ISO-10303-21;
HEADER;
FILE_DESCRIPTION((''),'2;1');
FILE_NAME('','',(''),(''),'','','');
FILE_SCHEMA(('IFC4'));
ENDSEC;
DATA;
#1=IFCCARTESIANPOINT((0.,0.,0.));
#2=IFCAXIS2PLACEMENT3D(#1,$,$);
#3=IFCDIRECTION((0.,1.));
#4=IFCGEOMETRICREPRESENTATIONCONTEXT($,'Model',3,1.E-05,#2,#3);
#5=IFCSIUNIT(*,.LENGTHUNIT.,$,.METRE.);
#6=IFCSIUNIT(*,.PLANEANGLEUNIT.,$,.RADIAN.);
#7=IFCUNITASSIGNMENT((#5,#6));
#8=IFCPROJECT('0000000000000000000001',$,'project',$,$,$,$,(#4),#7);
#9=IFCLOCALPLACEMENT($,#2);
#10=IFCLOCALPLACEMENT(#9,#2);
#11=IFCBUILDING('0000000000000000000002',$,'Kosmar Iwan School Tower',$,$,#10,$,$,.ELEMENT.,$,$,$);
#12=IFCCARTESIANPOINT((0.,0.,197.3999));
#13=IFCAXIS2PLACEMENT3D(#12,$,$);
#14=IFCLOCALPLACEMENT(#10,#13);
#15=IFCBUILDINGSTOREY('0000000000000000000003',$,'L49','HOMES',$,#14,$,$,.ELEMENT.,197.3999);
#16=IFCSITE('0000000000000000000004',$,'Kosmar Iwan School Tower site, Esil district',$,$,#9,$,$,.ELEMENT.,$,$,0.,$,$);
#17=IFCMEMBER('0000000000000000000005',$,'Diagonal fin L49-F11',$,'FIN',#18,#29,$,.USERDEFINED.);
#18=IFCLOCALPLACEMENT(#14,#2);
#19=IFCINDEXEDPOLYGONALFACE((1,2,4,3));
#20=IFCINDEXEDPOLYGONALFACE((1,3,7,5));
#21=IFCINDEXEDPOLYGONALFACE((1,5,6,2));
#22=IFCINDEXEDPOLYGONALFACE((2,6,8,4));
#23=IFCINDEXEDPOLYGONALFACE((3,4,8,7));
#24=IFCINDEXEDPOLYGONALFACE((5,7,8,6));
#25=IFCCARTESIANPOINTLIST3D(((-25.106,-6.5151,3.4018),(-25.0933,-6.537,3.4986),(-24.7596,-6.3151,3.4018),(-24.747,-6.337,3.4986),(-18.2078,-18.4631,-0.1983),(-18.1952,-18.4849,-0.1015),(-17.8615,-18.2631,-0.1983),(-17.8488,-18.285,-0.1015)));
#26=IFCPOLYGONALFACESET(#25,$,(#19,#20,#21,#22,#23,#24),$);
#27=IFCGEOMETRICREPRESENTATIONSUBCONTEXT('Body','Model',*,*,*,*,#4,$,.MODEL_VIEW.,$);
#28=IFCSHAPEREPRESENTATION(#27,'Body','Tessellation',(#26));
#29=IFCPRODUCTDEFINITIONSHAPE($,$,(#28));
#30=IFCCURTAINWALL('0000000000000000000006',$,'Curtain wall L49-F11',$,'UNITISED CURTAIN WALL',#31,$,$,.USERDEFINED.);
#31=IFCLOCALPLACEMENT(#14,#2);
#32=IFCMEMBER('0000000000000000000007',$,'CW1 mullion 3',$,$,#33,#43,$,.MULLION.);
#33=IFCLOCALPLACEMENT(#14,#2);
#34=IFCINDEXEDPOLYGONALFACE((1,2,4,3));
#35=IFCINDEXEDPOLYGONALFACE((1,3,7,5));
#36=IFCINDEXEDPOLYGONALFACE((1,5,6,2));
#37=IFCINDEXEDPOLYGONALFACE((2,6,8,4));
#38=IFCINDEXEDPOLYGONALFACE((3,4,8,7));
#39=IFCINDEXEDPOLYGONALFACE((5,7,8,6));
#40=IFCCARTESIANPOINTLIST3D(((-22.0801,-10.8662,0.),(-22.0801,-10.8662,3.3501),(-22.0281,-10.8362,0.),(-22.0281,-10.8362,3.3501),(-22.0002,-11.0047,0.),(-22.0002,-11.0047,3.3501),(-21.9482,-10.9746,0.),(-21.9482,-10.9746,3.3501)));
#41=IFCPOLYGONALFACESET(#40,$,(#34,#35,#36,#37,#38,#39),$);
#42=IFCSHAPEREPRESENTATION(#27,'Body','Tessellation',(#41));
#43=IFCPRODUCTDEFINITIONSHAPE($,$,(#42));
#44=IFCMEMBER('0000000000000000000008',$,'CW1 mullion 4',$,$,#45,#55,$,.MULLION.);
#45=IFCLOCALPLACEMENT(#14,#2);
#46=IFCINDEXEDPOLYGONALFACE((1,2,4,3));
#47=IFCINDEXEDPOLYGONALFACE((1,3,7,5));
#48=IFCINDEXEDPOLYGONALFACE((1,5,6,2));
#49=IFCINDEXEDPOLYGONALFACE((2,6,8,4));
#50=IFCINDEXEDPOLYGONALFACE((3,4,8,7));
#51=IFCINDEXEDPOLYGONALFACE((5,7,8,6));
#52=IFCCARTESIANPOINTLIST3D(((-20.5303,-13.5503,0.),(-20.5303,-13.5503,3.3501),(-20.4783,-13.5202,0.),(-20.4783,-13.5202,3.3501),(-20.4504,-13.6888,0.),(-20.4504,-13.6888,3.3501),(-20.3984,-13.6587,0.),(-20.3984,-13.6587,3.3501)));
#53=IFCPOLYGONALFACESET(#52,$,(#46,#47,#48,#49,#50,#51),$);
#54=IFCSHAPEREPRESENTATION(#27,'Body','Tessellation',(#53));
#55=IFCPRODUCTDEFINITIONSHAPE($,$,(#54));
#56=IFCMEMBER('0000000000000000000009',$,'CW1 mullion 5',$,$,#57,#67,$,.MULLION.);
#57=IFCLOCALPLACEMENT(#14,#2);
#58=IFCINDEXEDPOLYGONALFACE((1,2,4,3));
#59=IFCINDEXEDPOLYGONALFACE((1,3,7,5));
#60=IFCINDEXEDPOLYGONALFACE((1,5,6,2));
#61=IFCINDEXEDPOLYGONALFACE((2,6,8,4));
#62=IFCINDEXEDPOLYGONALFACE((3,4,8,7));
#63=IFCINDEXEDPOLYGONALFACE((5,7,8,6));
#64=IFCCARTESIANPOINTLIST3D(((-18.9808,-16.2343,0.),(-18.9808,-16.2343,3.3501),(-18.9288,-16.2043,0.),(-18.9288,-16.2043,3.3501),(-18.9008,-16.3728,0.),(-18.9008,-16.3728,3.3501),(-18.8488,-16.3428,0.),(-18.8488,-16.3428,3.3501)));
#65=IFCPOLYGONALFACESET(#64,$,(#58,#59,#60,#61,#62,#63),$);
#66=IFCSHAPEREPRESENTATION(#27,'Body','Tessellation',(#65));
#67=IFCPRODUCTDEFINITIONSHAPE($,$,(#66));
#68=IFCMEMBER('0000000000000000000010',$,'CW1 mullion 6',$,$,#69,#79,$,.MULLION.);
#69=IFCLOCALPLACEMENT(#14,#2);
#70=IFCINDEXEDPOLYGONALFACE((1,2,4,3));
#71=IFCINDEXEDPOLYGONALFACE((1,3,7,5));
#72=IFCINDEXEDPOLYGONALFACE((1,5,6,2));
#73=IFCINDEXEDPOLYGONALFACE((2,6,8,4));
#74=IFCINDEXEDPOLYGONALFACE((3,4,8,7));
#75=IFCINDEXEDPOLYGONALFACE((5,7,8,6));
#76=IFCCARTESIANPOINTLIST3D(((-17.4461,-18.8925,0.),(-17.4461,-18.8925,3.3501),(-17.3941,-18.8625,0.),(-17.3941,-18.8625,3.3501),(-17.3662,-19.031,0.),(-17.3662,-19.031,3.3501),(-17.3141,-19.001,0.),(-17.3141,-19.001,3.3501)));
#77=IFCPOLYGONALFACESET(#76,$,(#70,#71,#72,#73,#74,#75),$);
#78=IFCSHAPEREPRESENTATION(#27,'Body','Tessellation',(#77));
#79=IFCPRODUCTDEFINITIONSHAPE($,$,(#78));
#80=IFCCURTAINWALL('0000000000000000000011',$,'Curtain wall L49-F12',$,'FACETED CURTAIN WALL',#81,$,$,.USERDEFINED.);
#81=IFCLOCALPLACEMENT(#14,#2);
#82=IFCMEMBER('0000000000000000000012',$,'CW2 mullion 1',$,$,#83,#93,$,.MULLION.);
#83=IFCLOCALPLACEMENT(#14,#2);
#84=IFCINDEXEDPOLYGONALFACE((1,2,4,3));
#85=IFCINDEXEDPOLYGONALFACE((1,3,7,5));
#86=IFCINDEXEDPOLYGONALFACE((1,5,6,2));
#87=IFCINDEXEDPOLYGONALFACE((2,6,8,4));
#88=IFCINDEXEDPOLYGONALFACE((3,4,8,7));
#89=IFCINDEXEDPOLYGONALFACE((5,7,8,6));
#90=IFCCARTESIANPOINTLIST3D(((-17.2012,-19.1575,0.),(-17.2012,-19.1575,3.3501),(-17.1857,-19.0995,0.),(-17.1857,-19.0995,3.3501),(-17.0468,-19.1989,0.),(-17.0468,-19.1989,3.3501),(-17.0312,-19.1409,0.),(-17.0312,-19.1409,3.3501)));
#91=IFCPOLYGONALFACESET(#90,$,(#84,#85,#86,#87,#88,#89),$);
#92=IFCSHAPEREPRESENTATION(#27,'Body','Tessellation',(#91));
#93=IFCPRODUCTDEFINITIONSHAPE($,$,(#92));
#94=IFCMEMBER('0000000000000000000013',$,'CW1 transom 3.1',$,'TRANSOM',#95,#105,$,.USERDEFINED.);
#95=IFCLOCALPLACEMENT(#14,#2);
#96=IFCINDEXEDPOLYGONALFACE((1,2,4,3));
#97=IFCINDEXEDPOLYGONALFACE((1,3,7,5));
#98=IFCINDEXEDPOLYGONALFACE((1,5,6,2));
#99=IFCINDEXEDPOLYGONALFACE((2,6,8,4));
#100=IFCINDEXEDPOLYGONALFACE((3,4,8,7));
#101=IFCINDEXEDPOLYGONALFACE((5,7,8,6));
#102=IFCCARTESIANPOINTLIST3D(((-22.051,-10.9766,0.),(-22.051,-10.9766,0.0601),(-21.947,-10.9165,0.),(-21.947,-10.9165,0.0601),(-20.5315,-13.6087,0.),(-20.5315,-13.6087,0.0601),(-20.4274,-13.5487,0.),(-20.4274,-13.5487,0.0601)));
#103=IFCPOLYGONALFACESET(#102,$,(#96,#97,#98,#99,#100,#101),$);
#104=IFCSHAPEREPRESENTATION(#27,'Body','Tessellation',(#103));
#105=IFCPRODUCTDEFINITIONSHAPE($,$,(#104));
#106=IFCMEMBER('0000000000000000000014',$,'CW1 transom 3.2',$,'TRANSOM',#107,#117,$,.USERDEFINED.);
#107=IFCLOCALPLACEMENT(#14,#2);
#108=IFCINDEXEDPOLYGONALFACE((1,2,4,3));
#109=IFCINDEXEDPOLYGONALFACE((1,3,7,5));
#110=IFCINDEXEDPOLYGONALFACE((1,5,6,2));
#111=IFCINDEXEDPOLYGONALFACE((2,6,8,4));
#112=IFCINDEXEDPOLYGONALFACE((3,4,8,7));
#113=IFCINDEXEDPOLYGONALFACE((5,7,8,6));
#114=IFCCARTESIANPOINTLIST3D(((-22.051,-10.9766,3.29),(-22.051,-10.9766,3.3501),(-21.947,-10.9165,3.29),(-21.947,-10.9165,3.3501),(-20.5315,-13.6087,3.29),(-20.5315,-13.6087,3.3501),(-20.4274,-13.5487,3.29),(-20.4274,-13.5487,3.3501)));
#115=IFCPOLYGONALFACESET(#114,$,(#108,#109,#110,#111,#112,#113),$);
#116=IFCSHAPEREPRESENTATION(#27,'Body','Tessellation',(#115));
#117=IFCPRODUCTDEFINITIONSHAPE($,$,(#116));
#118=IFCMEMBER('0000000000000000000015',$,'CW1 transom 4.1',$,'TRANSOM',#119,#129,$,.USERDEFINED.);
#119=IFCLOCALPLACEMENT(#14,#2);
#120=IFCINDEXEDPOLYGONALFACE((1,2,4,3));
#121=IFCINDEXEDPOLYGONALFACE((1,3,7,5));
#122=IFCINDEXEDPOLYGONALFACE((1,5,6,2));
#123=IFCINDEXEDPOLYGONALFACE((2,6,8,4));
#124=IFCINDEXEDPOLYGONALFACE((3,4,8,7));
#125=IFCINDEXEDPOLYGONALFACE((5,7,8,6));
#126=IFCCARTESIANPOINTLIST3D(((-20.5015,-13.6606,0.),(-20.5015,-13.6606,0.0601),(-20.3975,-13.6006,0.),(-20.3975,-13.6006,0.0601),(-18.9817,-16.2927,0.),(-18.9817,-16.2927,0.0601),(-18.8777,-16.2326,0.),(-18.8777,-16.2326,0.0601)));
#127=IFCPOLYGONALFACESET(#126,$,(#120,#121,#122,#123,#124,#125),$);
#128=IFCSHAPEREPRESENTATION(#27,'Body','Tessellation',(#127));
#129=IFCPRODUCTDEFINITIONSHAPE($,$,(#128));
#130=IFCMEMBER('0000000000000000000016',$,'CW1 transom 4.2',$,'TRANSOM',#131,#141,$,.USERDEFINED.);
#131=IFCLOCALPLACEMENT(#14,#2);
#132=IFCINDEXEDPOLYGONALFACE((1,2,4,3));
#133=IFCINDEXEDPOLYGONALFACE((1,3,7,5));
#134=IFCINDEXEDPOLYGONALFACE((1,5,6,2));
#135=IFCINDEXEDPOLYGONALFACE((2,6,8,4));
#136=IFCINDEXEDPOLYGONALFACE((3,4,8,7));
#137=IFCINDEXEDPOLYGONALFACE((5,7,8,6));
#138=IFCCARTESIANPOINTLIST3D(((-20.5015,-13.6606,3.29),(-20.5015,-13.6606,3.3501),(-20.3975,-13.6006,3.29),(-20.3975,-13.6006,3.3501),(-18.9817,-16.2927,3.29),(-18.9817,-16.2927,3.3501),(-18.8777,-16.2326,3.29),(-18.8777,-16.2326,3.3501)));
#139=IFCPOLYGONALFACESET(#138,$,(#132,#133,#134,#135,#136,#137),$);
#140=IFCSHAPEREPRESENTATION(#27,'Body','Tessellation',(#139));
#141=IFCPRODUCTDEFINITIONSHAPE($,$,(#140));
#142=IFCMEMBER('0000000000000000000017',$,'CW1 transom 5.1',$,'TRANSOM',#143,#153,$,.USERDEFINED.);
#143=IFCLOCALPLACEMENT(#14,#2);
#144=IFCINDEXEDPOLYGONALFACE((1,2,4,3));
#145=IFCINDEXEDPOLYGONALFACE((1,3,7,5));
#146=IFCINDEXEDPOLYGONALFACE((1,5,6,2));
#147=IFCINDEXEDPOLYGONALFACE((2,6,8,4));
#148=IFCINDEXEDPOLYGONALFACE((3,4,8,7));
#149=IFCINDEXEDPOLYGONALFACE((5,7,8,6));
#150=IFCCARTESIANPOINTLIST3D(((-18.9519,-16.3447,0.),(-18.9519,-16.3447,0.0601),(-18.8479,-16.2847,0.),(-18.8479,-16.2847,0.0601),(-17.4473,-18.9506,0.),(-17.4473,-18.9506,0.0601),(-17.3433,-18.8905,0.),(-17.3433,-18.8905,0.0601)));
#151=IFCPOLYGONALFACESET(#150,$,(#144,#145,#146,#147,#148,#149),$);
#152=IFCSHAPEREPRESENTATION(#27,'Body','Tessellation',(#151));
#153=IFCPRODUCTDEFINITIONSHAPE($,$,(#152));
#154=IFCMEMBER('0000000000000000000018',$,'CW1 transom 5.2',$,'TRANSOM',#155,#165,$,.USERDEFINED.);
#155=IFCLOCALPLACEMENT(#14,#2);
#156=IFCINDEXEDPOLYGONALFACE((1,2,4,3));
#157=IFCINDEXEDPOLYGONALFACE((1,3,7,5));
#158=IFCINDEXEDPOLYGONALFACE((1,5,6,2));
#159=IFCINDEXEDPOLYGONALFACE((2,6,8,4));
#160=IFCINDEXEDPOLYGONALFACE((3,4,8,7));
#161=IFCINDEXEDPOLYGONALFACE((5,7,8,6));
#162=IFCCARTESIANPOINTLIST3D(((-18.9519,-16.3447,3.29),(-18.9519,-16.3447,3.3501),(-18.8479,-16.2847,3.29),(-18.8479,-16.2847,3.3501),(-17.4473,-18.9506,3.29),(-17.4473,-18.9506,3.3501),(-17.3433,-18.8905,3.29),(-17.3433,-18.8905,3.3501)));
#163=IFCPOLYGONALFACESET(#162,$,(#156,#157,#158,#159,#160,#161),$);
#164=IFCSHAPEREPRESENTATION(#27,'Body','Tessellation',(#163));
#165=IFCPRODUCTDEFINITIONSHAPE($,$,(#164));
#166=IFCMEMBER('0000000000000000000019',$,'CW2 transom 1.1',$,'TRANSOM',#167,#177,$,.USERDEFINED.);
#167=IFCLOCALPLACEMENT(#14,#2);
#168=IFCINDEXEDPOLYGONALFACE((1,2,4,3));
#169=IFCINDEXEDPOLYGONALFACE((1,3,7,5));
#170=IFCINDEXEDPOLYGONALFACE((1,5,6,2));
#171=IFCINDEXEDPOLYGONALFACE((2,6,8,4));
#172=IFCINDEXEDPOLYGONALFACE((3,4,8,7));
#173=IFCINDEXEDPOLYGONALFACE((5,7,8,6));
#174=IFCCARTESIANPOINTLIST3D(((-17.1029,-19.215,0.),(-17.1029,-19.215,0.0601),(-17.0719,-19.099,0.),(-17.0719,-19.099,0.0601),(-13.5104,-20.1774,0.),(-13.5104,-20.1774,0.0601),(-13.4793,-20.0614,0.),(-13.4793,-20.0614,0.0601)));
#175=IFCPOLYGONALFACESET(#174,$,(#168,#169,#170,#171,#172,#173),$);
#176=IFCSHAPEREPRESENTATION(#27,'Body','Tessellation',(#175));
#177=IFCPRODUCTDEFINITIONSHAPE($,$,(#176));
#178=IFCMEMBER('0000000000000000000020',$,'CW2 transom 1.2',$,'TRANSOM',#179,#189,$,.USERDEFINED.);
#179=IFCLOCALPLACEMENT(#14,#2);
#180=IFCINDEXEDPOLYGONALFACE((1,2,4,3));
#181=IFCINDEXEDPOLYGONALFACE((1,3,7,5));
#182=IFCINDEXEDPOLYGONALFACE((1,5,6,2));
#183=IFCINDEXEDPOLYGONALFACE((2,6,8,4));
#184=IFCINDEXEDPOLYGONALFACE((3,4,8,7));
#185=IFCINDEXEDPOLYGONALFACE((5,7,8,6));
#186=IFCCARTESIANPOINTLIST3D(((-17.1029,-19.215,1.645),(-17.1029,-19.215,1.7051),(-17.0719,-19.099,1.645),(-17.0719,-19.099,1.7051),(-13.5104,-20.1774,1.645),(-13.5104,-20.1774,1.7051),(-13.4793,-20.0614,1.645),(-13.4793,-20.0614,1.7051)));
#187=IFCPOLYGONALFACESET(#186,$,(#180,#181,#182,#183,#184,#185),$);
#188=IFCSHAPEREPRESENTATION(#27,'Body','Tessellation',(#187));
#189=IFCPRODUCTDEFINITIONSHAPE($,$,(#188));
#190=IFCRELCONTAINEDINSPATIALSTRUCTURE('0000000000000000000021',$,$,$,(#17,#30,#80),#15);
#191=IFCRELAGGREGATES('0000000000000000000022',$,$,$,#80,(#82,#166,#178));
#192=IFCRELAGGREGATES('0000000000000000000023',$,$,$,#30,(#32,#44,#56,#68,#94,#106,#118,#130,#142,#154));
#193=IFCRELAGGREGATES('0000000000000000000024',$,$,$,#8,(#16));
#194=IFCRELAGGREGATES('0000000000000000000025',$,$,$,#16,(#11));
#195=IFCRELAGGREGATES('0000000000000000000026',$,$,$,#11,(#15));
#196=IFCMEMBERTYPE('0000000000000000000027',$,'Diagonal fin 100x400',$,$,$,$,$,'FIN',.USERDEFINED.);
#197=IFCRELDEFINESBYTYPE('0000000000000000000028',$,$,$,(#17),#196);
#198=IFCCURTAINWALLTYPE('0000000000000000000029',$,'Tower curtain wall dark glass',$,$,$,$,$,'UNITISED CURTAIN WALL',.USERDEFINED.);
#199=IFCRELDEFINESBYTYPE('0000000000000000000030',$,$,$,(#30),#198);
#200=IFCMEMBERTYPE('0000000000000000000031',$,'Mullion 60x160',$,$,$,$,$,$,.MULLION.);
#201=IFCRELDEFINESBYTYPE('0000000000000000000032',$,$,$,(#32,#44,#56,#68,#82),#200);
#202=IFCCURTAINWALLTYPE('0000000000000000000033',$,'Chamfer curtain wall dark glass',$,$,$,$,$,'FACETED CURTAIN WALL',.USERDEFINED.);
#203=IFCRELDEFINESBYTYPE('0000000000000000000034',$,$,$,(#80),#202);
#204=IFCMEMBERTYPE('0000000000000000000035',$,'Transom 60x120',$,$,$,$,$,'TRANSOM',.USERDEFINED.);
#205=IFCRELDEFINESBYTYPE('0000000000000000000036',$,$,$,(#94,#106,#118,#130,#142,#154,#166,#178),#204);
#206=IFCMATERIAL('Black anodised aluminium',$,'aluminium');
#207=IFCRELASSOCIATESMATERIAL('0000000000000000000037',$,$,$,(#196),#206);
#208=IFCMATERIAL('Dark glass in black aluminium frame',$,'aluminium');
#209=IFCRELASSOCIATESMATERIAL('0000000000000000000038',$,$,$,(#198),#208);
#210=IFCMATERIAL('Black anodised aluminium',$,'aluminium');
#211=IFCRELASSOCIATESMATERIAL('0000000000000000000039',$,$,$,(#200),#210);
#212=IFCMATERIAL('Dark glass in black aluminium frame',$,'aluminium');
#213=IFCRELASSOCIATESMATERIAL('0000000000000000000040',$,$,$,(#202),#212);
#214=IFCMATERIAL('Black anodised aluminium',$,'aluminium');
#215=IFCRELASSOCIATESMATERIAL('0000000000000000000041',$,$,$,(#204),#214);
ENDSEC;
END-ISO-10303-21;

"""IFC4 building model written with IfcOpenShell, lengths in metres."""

from ifc_helpers import new_model, si_unit, direction, frame, origin, origin_2d, place, context, subcontext, project, spatial, rectangle, extrude, material, material_profile, profile_set, type_object, element, aggregate, save


model = new_model("IFC4")

# Units and contexts
model_context = context("Model", 3, precision=1e-05, world=origin(), true_north=direction((0.0, 1.0)))
body_context = subcontext(model_context, "Body", "Model", "MODEL_VIEW")
ifc_project = project(units=[si_unit("LENGTHUNIT", "METRE"), si_unit("PLANEANGLEUNIT", "RADIAN")], contexts=[model_context])

# Site, building, storey
site_placement = place(None, origin())
site = spatial("IfcSite", under=ifc_project, at=site_placement, Name="Kosmar Iwan School Tower site, Esil district", CompositionType="ELEMENT", RefElevation=0.0)
building_placement = place(site_placement, origin())
building = spatial("IfcBuilding", under=site, at=building_placement, Name="Kosmar Iwan School Tower", CompositionType="ELEMENT")
storey_placement = place(building_placement, frame((0.0, 0.0, 197.3999)))
storey = spatial("IfcBuildingStorey", under=building, at=storey_placement, Name="L49", Description="HOMES", CompositionType="ELEMENT", Elevation=197.3999)

# Member
ifc_material_1 = material(Name="Black anodised aluminium", Category="aluminium")
ifc_material_profile_1 = material_profile(ifc_material_1, rectangle(XDim=0.1001, YDim=0.3999, at=origin_2d()), Name="FIN 100x400")
ifc_profile_set_1 = profile_set([ifc_material_profile_1], Name="Black anodised aluminium")
member_type_1 = type_object("IfcMemberType", Name="Diagonal fin 100x400", ElementType="FIN", PredefinedType="USERDEFINED", material=ifc_profile_set_1)
member_1_placement = place(storey_placement, frame((-18.0283, -18.374, -0.1499), z_axis=(-0.4838, 0.837965, 0.252491), x_axis=(0.126245, -0.218663, 0.967599)))
element("IfcMember", 1, at=member_1_placement, inside=storey, type_object=member_type_1, Name="Diagonal fin L49-F11", ObjectType="FIN", PredefinedType="USERDEFINED", context=body_context, shape_type="SweptSolid", body=[
    extrude(rectangle(XDim=0.1001, YDim=0.3999, at=origin_2d()), origin(), (0.0, 0.0, 1.0), 14.2583),
])

# Curtain wall, members
ifc_material_2 = material(Name="Dark glass in black aluminium frame", Category="aluminium")
curtain_wall_type_1 = type_object("IfcCurtainWallType", Name="Tower curtain wall dark glass", ElementType="UNITISED CURTAIN WALL", PredefinedType="USERDEFINED", material=ifc_material_2)
curtain_wall_1_placement = place(storey_placement, origin())
curtain_wall_1 = element("IfcCurtainWall", 2, at=curtain_wall_1_placement, inside=storey, type_object=curtain_wall_type_1, Name="Curtain wall L49-F11", ObjectType="UNITISED CURTAIN WALL", PredefinedType="USERDEFINED")
ifc_material_3 = material(Name="Black anodised aluminium", Category="aluminium")
ifc_material_profile_2 = material_profile(ifc_material_3, rectangle(XDim=0.0601, YDim=0.1599, at=origin_2d()), Name="MULLION 60x160")
ifc_profile_set_2 = profile_set([ifc_material_profile_2], Name="Black anodised aluminium")
member_type_2 = type_object("IfcMemberType", Name="Mullion 60x160", PredefinedType="MULLION", material=ifc_profile_set_2)
member_2_placement = place(storey_placement, frame((-22.0142, -10.9204, 0.0), z_axis=(0.0, 0.0, 1.0), x_axis=(0.866025, 0.5, 0.0)))
member_2 = element("IfcMember", 3, at=member_2_placement, type_object=member_type_2, Name="CW1 mullion 3", PredefinedType="MULLION", context=body_context, shape_type="SweptSolid", body=[
    extrude(rectangle(XDim=0.0601, YDim=0.1599, at=origin_2d()), origin(), (0.0, 0.0, 1.0), 3.3501),
])
member_3_placement = place(storey_placement, frame((-20.4644, -13.6045, 0.0), z_axis=(0.0, 0.0, 1.0), x_axis=(0.866025, 0.5, 0.0)))
member_3 = element("IfcMember", 4, at=member_3_placement, type_object=member_type_2, Name="CW1 mullion 4", PredefinedType="MULLION", context=body_context, shape_type="SweptSolid", body=[
    extrude(rectangle(XDim=0.0601, YDim=0.1599, at=origin_2d()), origin(), (0.0, 0.0, 1.0), 3.3501),
])
member_4_placement = place(storey_placement, frame((-18.9148, -16.2886, 0.0), z_axis=(0.0, 0.0, 1.0), x_axis=(0.866025, 0.5, 0.0)))
member_4 = element("IfcMember", 5, at=member_4_placement, type_object=member_type_2, Name="CW1 mullion 5", PredefinedType="MULLION", context=body_context, shape_type="SweptSolid", body=[
    extrude(rectangle(XDim=0.0601, YDim=0.1599, at=origin_2d()), origin(), (0.0, 0.0, 1.0), 3.3501),
])
member_5_placement = place(storey_placement, frame((-17.3801, -18.9468, 0.0), z_axis=(0.0, 0.0, 1.0), x_axis=(0.866025, 0.5, 0.0)))
member_5 = element("IfcMember", 6, at=member_5_placement, type_object=member_type_2, Name="CW1 mullion 6", PredefinedType="MULLION", context=body_context, shape_type="SweptSolid", body=[
    extrude(rectangle(XDim=0.0601, YDim=0.1599, at=origin_2d()), origin(), (0.0, 0.0, 1.0), 3.3501),
])

# Curtain wall, member
ifc_material_4 = material(Name="Dark glass in black aluminium frame", Category="aluminium")
curtain_wall_type_2 = type_object("IfcCurtainWallType", Name="Chamfer curtain wall dark glass", ElementType="FACETED CURTAIN WALL", PredefinedType="USERDEFINED", material=ifc_material_4)
curtain_wall_2_placement = place(storey_placement, origin())
curtain_wall_2 = element("IfcCurtainWall", 7, at=curtain_wall_2_placement, inside=storey, type_object=curtain_wall_type_2, Name="Curtain wall L49-F12", ObjectType="FACETED CURTAIN WALL", PredefinedType="USERDEFINED")
member_6_placement = place(storey_placement, frame((-17.1162, -19.1492, 0.0), z_axis=(0.0, 0.0, 1.0), x_axis=(0.258819, 0.965926, 0.0)))
member_6 = element("IfcMember", 8, at=member_6_placement, type_object=member_type_2, Name="CW2 mullion 1", PredefinedType="MULLION", context=body_context, shape_type="SweptSolid", body=[
    extrude(rectangle(XDim=0.0601, YDim=0.1599, at=origin_2d()), origin(), (0.0, 0.0, 1.0), 3.3501),
])

# Members
ifc_material_5 = material(Name="Black anodised aluminium", Category="aluminium")
ifc_material_profile_3 = material_profile(ifc_material_5, rectangle(XDim=0.1201, YDim=0.0601, at=origin_2d()), Name="TRANSOM 60x120")
ifc_profile_set_3 = profile_set([ifc_material_profile_3], Name="Black anodised aluminium")
member_type_3 = type_object("IfcMemberType", Name="Transom 60x120", ElementType="TRANSOM", PredefinedType="USERDEFINED", material=ifc_profile_set_3)
member_7_placement = place(storey_placement, frame((-21.999, -10.9465, 0.03), z_axis=(0.499975, -0.86604, 0.0), x_axis=(0.86604, 0.499975, 0.0)))
member_7 = element("IfcMember", 9, at=member_7_placement, type_object=member_type_3, Name="CW1 transom 3.1", ObjectType="TRANSOM", PredefinedType="USERDEFINED", context=body_context, shape_type="SweptSolid", body=[
    extrude(rectangle(XDim=0.1201, YDim=0.0601, at=origin_2d()), origin(), (0.0, 0.0, 1.0), 3.0393),
])
member_8_placement = place(storey_placement, frame((-21.999, -10.9465, 3.3201), z_axis=(0.499975, -0.86604, 0.0), x_axis=(0.86604, 0.499975, 0.0)))
member_8 = element("IfcMember", 10, at=member_8_placement, type_object=member_type_3, Name="CW1 transom 3.2", ObjectType="TRANSOM", PredefinedType="USERDEFINED", context=body_context, shape_type="SweptSolid", body=[
    extrude(rectangle(XDim=0.1201, YDim=0.0601, at=origin_2d()), origin(), (0.0, 0.0, 1.0), 3.0393),
])
member_9_placement = place(storey_placement, frame((-20.4495, -13.6306, 0.03), z_axis=(0.500035, -0.866005, 0.0), x_axis=(0.866005, 0.500035, 0.0)))
member_9 = element("IfcMember", 11, at=member_9_placement, type_object=member_type_3, Name="CW1 transom 4.1", ObjectType="TRANSOM", PredefinedType="USERDEFINED", context=body_context, shape_type="SweptSolid", body=[
    extrude(rectangle(XDim=0.1201, YDim=0.0601, at=origin_2d()), origin(), (0.0, 0.0, 1.0), 3.0393),
])
member_10_placement = place(storey_placement, frame((-20.4495, -13.6306, 3.3201), z_axis=(0.500035, -0.866005, 0.0), x_axis=(0.866005, 0.500035, 0.0)))
member_10 = element("IfcMember", 12, at=member_10_placement, type_object=member_type_3, Name="CW1 transom 4.2", ObjectType="TRANSOM", PredefinedType="USERDEFINED", context=body_context, shape_type="SweptSolid", body=[
    extrude(rectangle(XDim=0.1201, YDim=0.0601, at=origin_2d()), origin(), (0.0, 0.0, 1.0), 3.0393),
])
member_11_placement = place(storey_placement, frame((-18.8999, -16.3147, 0.03), z_axis=(0.500022, -0.866013, 0.0), x_axis=(0.866013, 0.500022, 0.0)))
member_11 = element("IfcMember", 13, at=member_11_placement, type_object=member_type_3, Name="CW1 transom 5.1", ObjectType="TRANSOM", PredefinedType="USERDEFINED", context=body_context, shape_type="SweptSolid", body=[
    extrude(rectangle(XDim=0.1201, YDim=0.0601, at=origin_2d()), origin(), (0.0, 0.0, 1.0), 3.009),
])
member_12_placement = place(storey_placement, frame((-18.8999, -16.3147, 3.3201), z_axis=(0.500022, -0.866013, 0.0), x_axis=(0.866013, 0.500022, 0.0)))
member_12 = element("IfcMember", 14, at=member_12_placement, type_object=member_type_3, Name="CW1 transom 5.2", ObjectType="TRANSOM", PredefinedType="USERDEFINED", context=body_context, shape_type="SweptSolid", body=[
    extrude(rectangle(XDim=0.1201, YDim=0.0601, at=origin_2d()), origin(), (0.0, 0.0, 1.0), 3.009),
])
member_13_placement = place(storey_placement, frame((-17.0874, -19.157, 0.03), z_axis=(0.96594, -0.258766, 0.0), x_axis=(0.258766, 0.96594, 0.0)))
member_13 = element("IfcMember", 15, at=member_13_placement, type_object=member_type_3, Name="CW2 transom 1.1", ObjectType="TRANSOM", PredefinedType="USERDEFINED", context=body_context, shape_type="SweptSolid", body=[
    extrude(rectangle(XDim=0.1201, YDim=0.0601, at=origin_2d()), origin(), (0.0, 0.0, 1.0), 3.7192),
])
member_14_placement = place(storey_placement, frame((-17.0874, -19.157, 1.675), z_axis=(0.96594, -0.258766, 0.0), x_axis=(0.258766, 0.96594, 0.0)))
member_14 = element("IfcMember", 16, at=member_14_placement, type_object=member_type_3, Name="CW2 transom 1.2", ObjectType="TRANSOM", PredefinedType="USERDEFINED", context=body_context, shape_type="SweptSolid", body=[
    extrude(rectangle(XDim=0.1201, YDim=0.0601, at=origin_2d()), origin(), (0.0, 0.0, 1.0), 3.7192),
])
aggregate(curtain_wall_2, [member_6, member_13, member_14])

aggregate(curtain_wall_1, [member_2, member_3, member_4, member_5, member_7, member_8, member_9, member_10, member_11, member_12])

save(model, "model.ifc")
